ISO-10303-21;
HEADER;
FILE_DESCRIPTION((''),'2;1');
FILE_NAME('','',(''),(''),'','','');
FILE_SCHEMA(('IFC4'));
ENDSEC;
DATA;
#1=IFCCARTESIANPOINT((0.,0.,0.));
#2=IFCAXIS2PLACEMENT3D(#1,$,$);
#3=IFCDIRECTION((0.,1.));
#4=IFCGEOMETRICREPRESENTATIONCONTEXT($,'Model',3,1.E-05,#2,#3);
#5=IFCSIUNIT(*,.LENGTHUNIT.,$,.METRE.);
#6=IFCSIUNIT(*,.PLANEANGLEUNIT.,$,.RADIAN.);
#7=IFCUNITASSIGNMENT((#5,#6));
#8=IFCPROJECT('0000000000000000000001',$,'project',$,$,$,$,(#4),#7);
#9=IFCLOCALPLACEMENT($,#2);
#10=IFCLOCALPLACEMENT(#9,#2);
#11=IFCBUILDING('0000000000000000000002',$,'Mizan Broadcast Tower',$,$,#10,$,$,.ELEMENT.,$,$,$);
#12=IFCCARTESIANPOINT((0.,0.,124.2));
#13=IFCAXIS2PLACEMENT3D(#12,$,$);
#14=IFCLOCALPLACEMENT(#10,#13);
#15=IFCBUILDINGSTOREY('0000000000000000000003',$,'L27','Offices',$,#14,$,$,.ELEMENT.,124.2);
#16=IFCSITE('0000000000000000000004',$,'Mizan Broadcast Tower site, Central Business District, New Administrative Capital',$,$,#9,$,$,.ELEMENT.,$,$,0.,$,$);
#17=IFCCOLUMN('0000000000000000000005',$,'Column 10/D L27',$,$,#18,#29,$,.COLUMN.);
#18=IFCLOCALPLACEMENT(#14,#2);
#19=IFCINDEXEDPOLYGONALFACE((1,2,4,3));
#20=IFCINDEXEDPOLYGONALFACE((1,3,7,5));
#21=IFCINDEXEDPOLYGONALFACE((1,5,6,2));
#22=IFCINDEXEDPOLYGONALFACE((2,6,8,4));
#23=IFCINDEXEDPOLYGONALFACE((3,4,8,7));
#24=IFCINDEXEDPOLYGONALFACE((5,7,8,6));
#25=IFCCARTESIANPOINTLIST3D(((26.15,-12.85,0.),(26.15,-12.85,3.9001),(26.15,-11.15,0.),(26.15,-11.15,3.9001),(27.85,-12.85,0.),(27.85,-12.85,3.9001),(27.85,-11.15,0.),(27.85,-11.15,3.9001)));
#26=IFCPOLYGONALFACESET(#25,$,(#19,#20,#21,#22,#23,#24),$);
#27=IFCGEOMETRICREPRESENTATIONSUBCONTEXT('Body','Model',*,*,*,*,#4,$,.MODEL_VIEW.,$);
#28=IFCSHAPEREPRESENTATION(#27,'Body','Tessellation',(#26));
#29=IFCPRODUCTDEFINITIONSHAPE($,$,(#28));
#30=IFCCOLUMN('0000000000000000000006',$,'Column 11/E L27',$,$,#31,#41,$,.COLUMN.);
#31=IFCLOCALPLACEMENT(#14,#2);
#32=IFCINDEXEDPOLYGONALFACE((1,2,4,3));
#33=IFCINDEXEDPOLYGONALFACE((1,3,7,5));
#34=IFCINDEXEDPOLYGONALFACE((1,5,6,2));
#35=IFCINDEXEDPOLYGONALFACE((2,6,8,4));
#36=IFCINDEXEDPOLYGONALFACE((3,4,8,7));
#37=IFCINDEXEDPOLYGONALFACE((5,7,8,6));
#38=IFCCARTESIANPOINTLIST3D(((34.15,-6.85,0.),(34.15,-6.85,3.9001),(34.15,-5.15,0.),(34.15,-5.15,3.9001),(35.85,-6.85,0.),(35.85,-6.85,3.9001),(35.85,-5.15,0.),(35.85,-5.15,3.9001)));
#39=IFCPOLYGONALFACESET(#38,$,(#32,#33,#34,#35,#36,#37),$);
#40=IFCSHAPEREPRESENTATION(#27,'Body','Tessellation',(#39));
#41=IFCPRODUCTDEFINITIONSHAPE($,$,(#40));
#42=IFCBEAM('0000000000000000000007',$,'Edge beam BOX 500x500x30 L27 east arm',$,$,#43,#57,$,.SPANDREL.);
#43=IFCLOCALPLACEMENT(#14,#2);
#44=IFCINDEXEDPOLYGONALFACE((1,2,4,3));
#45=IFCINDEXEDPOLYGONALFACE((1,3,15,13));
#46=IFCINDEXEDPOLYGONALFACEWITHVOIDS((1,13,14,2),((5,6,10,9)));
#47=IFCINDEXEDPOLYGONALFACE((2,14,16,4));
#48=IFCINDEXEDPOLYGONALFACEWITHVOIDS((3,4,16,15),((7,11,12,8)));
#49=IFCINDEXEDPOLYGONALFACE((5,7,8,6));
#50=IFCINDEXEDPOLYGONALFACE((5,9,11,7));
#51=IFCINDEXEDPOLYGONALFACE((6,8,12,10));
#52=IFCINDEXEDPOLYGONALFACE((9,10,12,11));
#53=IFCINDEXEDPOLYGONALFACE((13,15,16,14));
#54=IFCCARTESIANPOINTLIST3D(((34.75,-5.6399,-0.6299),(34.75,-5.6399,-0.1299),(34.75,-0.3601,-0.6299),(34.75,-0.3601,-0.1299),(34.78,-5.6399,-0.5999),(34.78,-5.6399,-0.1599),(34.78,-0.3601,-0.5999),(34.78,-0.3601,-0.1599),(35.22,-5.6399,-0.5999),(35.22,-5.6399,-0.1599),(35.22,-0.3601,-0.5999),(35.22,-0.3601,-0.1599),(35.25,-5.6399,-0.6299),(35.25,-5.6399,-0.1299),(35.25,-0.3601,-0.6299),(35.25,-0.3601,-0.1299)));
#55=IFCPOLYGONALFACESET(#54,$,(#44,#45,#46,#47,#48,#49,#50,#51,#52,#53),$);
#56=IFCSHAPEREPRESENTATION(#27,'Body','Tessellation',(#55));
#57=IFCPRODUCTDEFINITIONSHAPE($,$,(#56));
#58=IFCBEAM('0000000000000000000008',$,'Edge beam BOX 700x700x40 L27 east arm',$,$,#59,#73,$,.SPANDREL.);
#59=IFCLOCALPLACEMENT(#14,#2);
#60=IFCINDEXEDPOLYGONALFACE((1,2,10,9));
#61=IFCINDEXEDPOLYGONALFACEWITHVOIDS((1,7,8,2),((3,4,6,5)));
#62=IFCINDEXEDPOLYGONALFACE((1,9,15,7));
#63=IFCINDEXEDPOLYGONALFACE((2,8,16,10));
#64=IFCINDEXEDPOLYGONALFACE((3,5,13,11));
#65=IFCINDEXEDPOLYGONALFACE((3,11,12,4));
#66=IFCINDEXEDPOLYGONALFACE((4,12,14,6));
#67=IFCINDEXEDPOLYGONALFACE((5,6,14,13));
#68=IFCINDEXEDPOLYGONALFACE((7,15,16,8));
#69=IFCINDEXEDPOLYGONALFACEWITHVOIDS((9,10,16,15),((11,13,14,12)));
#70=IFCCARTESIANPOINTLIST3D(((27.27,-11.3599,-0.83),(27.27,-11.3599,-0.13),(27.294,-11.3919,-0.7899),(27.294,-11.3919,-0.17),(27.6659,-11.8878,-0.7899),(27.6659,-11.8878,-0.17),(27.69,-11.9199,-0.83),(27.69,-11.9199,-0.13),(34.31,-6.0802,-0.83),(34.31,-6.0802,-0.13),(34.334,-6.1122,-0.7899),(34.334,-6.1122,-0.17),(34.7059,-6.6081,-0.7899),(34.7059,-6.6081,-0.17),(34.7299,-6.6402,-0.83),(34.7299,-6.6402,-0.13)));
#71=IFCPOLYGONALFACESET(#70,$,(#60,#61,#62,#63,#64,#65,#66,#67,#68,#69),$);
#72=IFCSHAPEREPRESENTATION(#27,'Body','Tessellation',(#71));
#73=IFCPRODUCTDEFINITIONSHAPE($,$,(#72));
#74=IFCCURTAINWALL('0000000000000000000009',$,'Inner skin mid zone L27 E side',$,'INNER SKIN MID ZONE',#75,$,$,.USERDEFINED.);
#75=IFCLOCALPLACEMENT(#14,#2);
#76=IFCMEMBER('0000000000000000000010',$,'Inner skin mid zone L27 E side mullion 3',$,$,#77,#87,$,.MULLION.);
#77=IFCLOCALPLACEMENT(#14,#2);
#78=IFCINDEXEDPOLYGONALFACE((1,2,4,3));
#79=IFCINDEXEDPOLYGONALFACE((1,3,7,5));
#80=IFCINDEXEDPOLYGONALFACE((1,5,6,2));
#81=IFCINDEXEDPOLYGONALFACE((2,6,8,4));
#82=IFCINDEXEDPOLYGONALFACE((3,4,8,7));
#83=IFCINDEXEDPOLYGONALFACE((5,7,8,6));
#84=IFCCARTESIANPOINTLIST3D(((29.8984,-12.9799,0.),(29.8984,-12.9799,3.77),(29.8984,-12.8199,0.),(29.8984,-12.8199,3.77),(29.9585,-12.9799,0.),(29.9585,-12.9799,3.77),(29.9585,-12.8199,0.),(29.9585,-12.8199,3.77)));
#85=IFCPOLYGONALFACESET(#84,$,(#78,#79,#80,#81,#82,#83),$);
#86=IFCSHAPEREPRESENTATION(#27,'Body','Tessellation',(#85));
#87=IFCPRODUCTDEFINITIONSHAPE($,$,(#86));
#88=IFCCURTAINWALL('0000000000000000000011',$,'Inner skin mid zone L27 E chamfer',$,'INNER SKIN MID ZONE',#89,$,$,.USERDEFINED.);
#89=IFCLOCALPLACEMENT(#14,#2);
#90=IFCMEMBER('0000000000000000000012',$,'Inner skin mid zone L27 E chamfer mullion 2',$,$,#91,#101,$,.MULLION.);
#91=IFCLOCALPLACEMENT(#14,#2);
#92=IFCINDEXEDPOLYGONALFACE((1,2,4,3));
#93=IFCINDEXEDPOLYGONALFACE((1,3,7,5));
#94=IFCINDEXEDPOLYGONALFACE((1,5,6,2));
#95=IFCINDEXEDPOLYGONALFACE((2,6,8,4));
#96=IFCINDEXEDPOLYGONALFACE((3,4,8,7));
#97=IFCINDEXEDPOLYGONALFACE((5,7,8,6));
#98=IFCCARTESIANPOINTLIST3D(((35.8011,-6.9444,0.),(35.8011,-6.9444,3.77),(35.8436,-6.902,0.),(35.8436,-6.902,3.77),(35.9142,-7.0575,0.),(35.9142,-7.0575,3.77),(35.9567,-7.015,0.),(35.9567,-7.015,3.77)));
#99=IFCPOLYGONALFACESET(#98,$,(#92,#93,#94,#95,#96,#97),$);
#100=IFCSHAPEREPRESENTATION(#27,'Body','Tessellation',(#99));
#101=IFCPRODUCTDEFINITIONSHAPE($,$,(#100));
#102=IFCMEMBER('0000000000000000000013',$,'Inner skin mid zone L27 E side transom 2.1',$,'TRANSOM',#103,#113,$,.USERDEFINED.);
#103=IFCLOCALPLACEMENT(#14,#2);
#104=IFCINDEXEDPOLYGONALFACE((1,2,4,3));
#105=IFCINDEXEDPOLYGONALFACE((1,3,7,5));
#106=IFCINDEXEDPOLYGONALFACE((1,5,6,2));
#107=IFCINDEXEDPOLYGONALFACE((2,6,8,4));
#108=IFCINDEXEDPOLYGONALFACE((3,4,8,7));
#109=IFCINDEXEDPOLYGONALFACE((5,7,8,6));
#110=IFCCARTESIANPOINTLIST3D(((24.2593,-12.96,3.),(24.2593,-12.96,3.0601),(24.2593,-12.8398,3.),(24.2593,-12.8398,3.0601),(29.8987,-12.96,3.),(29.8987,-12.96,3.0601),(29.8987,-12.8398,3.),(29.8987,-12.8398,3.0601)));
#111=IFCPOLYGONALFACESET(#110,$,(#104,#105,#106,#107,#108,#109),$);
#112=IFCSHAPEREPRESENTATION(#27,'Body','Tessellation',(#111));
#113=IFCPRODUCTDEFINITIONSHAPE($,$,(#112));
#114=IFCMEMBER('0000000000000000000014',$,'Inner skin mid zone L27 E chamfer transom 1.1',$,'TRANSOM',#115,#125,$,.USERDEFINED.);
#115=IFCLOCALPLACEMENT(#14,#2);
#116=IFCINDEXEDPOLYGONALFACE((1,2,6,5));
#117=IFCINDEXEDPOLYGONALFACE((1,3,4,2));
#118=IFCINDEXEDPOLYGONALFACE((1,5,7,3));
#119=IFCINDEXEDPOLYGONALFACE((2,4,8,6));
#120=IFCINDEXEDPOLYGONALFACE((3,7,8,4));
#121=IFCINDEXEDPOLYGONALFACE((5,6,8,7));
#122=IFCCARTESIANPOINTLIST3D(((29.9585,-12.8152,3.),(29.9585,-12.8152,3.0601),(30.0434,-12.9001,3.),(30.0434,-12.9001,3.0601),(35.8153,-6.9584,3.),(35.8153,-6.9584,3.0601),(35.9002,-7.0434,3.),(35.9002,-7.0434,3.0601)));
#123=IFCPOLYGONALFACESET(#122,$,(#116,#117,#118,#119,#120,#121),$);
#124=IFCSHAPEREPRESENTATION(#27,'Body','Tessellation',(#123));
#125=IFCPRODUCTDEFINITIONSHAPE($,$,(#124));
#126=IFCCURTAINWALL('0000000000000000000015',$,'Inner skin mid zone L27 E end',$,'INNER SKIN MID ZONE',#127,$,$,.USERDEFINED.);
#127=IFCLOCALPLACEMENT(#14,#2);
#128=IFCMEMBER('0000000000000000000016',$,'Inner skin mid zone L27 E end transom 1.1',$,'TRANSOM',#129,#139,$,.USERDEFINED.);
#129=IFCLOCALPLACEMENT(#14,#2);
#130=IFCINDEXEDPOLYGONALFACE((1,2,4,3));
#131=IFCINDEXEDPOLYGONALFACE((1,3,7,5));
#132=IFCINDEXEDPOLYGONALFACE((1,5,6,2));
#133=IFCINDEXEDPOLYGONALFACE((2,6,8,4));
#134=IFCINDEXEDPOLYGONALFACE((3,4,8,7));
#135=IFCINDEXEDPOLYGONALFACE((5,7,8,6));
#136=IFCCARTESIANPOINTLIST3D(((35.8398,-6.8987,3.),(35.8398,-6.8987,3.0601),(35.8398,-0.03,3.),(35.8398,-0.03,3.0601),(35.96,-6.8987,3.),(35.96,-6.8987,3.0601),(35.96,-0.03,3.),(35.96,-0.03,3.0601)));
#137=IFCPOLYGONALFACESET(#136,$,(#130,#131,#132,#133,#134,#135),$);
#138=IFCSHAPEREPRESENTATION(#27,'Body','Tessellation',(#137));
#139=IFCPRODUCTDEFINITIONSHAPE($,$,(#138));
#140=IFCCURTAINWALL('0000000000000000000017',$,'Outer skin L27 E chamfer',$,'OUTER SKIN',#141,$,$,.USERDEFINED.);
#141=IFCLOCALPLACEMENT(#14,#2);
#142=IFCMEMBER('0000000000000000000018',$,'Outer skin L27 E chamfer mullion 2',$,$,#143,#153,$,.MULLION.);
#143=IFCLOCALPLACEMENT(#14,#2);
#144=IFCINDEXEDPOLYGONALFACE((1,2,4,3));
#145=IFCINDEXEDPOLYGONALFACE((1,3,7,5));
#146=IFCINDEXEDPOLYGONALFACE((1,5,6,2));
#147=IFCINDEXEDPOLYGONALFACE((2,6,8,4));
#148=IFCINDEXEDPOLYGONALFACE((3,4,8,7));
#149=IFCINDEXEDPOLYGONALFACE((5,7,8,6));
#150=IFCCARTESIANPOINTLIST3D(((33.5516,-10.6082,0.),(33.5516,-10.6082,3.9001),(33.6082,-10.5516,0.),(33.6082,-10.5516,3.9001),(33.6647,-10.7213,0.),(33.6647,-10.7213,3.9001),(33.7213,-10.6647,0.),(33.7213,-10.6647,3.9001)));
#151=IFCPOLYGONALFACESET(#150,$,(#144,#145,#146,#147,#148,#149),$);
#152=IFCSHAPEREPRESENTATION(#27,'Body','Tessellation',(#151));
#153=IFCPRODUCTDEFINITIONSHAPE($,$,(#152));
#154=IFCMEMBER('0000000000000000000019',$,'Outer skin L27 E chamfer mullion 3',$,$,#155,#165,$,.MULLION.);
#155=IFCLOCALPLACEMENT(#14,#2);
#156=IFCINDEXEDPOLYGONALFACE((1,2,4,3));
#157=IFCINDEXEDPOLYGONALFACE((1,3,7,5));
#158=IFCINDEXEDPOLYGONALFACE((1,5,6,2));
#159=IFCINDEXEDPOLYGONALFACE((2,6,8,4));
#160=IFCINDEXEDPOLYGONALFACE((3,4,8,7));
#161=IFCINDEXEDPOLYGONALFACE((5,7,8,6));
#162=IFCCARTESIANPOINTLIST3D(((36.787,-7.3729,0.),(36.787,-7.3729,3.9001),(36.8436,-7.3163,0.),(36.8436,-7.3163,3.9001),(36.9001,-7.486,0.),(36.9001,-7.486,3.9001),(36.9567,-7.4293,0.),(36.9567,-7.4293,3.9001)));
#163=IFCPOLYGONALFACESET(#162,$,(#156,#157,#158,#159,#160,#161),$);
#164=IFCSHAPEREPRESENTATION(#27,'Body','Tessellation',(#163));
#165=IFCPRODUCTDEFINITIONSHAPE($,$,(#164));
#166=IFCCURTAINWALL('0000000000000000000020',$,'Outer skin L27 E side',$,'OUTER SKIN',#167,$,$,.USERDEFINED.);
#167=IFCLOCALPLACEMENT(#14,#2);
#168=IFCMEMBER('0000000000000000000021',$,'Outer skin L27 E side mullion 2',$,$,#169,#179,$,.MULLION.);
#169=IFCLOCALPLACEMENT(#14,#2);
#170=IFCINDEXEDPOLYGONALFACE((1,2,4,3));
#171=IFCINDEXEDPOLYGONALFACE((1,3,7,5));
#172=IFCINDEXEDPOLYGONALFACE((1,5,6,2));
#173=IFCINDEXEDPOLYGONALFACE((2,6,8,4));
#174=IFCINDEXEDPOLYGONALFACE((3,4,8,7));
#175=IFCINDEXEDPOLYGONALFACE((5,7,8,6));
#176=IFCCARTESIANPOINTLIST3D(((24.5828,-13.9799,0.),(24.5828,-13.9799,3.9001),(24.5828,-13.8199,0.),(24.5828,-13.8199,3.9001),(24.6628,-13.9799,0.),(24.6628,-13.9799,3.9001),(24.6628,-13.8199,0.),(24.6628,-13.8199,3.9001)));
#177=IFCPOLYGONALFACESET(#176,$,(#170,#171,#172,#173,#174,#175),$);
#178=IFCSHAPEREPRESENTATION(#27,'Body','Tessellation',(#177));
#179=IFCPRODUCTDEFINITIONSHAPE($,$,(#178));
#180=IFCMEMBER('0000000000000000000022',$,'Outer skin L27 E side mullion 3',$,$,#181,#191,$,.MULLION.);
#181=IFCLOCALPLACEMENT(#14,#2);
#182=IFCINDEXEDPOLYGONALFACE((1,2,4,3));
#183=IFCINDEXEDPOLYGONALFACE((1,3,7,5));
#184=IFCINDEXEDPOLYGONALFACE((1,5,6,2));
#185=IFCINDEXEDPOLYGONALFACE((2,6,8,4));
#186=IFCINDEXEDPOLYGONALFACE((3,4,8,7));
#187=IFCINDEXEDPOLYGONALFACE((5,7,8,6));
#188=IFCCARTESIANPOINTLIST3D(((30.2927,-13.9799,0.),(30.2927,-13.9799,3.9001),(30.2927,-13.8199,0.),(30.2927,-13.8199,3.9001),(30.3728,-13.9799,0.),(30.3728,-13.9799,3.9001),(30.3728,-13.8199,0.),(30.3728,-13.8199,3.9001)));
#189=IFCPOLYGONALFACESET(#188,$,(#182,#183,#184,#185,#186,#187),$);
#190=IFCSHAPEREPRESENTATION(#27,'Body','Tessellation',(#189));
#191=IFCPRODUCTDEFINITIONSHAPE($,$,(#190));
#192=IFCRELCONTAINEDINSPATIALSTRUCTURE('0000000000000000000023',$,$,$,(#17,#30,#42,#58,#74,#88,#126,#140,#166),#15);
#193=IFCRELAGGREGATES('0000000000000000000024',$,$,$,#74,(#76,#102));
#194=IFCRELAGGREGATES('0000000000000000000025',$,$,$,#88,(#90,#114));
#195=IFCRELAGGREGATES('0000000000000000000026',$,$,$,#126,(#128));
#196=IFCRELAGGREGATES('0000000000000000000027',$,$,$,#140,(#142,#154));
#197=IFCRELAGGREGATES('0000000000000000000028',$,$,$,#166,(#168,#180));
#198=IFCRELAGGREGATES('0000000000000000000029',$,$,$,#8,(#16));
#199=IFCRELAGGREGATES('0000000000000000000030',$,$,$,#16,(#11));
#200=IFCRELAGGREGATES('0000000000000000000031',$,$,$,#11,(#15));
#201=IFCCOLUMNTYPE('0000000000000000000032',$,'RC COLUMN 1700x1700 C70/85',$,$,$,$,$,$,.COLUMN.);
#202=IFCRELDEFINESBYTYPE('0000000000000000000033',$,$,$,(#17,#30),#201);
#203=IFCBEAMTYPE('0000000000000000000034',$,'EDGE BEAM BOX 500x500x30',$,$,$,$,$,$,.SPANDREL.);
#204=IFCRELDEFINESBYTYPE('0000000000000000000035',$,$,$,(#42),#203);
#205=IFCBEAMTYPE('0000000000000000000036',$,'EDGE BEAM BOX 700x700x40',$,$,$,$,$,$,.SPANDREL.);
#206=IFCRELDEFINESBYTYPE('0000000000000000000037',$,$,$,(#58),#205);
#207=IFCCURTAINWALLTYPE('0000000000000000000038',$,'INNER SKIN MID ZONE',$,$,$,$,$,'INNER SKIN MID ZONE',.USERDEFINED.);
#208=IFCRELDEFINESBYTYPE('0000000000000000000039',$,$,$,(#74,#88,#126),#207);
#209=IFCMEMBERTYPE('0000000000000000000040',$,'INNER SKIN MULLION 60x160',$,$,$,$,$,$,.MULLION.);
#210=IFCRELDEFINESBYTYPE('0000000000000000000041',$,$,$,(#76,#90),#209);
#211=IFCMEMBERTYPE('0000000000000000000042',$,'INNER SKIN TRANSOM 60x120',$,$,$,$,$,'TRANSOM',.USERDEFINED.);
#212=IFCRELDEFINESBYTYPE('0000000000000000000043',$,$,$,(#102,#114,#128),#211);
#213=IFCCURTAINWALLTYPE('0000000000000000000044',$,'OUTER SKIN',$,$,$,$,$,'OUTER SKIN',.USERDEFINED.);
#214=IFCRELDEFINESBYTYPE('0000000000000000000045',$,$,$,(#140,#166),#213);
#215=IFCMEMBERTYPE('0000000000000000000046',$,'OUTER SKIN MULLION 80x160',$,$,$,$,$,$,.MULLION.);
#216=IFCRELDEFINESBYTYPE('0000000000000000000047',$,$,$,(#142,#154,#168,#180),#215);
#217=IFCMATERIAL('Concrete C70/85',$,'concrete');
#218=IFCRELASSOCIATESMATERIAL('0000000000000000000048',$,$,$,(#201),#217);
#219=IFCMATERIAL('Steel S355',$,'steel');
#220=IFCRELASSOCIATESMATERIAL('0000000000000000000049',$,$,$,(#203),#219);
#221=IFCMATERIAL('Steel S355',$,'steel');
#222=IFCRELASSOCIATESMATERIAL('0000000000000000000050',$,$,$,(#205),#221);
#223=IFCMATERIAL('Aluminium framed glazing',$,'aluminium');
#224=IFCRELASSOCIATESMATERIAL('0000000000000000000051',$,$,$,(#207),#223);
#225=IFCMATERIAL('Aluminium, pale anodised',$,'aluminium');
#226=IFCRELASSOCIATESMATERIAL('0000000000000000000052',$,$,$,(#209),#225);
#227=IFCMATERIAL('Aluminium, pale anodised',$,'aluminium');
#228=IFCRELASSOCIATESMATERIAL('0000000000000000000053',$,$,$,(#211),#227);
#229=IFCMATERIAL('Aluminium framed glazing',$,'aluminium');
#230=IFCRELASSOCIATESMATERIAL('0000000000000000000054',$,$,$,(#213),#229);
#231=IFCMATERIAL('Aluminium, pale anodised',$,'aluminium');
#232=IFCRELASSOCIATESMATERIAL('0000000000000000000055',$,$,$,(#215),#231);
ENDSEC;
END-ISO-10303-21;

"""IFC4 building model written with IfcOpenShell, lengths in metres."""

from ifc_helpers import new_model, si_unit, direction, frame, origin, origin_2d, place, context, subcontext, project, spatial, rectangle, hollow_rectangle, extrude, material, material_profile, profile_set, type_object, element, aggregate, save


model = new_model("IFC4")

# Units and contexts
model_context = context("Model", 3, precision=1e-05, world=origin(), true_north=direction((0.0, 1.0)))
body_context = subcontext(model_context, "Body", "Model", "MODEL_VIEW")
ifc_project = project(units=[si_unit("LENGTHUNIT", "METRE"), si_unit("PLANEANGLEUNIT", "RADIAN")], contexts=[model_context])

# Site, building, storey
site_placement = place(None, origin())
site = spatial("IfcSite", under=ifc_project, at=site_placement, Name="Mizan Broadcast Tower site, Central Business District, New Administrative Capital", CompositionType="ELEMENT", RefElevation=0.0)
building_placement = place(site_placement, origin())
building = spatial("IfcBuilding", under=site, at=building_placement, Name="Mizan Broadcast Tower", CompositionType="ELEMENT")
storey_placement = place(building_placement, frame((0.0, 0.0, 124.2)))
storey = spatial("IfcBuildingStorey", under=building, at=storey_placement, Name="L27", Description="Offices", CompositionType="ELEMENT", Elevation=124.2)

# Columns
ifc_material_1 = material(Name="Concrete C70/85", Category="concrete")
ifc_material_profile_1 = material_profile(ifc_material_1, rectangle(XDim=1.7, YDim=1.7, at=origin_2d()), Name="RC 1700x1700")
ifc_profile_set_1 = profile_set([ifc_material_profile_1], Name="Concrete C70/85")
column_type = type_object("IfcColumnType", Name="RC COLUMN 1700x1700 C70/85", PredefinedType="COLUMN", material=ifc_profile_set_1)
for number, where, z_axis, x_axis, name in (
    (1, (27.0, -12.0, 0.0), (0.0, 0.0, 1.0), (1.0, 0.0, 0.0), "Column 10/D L27"),
    (2, (35.0, -6.0, 0.0), (0.0, 0.0, 1.0), (1.0, 0.0, 0.0), "Column 11/E L27"),
):
    element("IfcColumn", number, at=place(storey_placement, frame(where, z_axis=z_axis, x_axis=x_axis)), inside=storey, type_object=column_type, Name=name, PredefinedType="COLUMN", context=body_context, shape_type="SweptSolid", body=[
        extrude(rectangle(XDim=1.7, YDim=1.7, at=origin_2d()), origin(), (0.0, 0.0, 1.0), 3.9001),
    ])

# Beams
ifc_material_2 = material(Name="Steel S355", Category="steel")
ifc_material_profile_2 = material_profile(ifc_material_2, hollow_rectangle(XDim=0.5, YDim=0.5, WallThickness=0.03, at=origin_2d()), Name="BOX 500x500x30")
ifc_profile_set_2 = profile_set([ifc_material_profile_2], Name="Steel S355")
beam_type_1 = type_object("IfcBeamType", Name="EDGE BEAM BOX 500x500x30", PredefinedType="SPANDREL", material=ifc_profile_set_2)
beam_1_placement = place(storey_placement, frame((35.0, -5.6399, -0.3799), z_axis=(0.0, 1.0, 0.0), x_axis=(-1.0, 0.0, 0.0)))
element("IfcBeam", 3, at=beam_1_placement, inside=storey, type_object=beam_type_1, Name="Edge beam BOX 500x500x30 L27 east arm", PredefinedType="SPANDREL", context=body_context, shape_type="SweptSolid", body=[
    extrude(hollow_rectangle(XDim=0.5, YDim=0.5, WallThickness=0.03, at=origin_2d()), origin(), (0.0, 0.0, 1.0), 5.2798),
])
ifc_material_3 = material(Name="Steel S355", Category="steel")
ifc_material_profile_3 = material_profile(ifc_material_3, hollow_rectangle(XDim=0.7, YDim=0.7, WallThickness=0.04, at=origin_2d()), Name="BOX 700x700x40")
ifc_profile_set_3 = profile_set([ifc_material_profile_3], Name="Steel S355")
beam_type_2 = type_object("IfcBeamType", Name="EDGE BEAM BOX 700x700x40", PredefinedType="SPANDREL", material=ifc_profile_set_3)
beam_2_placement = place(storey_placement, frame((27.48, -11.6399, -0.48), z_axis=(0.800013, 0.599982, 0.0), x_axis=(-0.599982, 0.800013, 0.0)))
element("IfcBeam", 4, at=beam_2_placement, inside=storey, type_object=beam_type_2, Name="Edge beam BOX 700x700x40 L27 east arm", PredefinedType="SPANDREL", context=body_context, shape_type="SweptSolid", body=[
    extrude(hollow_rectangle(XDim=0.7, YDim=0.7, WallThickness=0.04, at=origin_2d()), origin(), (0.0, 0.0, 1.0), 8.7998),
])

# Curtain walls, members
ifc_material_4 = material(Name="Aluminium framed glazing", Category="aluminium")
curtain_wall_type_1 = type_object("IfcCurtainWallType", Name="INNER SKIN MID ZONE", ElementType="INNER SKIN MID ZONE", PredefinedType="USERDEFINED", material=ifc_material_4)
curtain_wall_1_placement = place(storey_placement, origin())
curtain_wall_1 = element("IfcCurtainWall", 5, at=curtain_wall_1_placement, inside=storey, type_object=curtain_wall_type_1, Name="Inner skin mid zone L27 E side", ObjectType="INNER SKIN MID ZONE", PredefinedType="USERDEFINED")
ifc_material_5 = material(Name="Aluminium, pale anodised", Category="aluminium")
ifc_material_profile_4 = material_profile(ifc_material_5, rectangle(XDim=0.1599, YDim=0.0601, at=origin_2d()), Name="MULLION 160x60")
ifc_profile_set_4 = profile_set([ifc_material_profile_4], Name="Aluminium, pale anodised")
member_type_1 = type_object("IfcMemberType", Name="INNER SKIN MULLION 60x160", PredefinedType="MULLION", material=ifc_profile_set_4)
member_1_placement = place(storey_placement, frame((29.9285, -12.8999, 0.0), z_axis=(0.0, 0.0, 1.0), x_axis=(0.0, 1.0, 0.0)))
member_1 = element("IfcMember", 6, at=member_1_placement, type_object=member_type_1, Name="Inner skin mid zone L27 E side mullion 3", PredefinedType="MULLION", context=body_context, shape_type="SweptSolid", body=[
    extrude(rectangle(XDim=0.1599, YDim=0.0601, at=origin_2d()), origin(), (0.0, 0.0, 1.0), 3.77),
])
curtain_wall_2_placement = place(storey_placement, origin())
curtain_wall_2 = element("IfcCurtainWall", 7, at=curtain_wall_2_placement, inside=storey, type_object=curtain_wall_type_1, Name="Inner skin mid zone L27 E chamfer", ObjectType="INNER SKIN MID ZONE", PredefinedType="USERDEFINED")
member_2_placement = place(storey_placement, frame((35.8789, -6.9797, 0.0), z_axis=(0.0, 0.0, 1.0), x_axis=(-0.707107, 0.707107, 0.0)))
member_2 = element("IfcMember", 8, at=member_2_placement, type_object=member_type_1, Name="Inner skin mid zone L27 E chamfer mullion 2", PredefinedType="MULLION", context=body_context, shape_type="SweptSolid", body=[
    extrude(rectangle(XDim=0.1599, YDim=0.0601, at=origin_2d()), origin(), (0.0, 0.0, 1.0), 3.77),
])

# Members
ifc_material_6 = material(Name="Aluminium, pale anodised", Category="aluminium")
ifc_material_profile_5 = material_profile(ifc_material_6, rectangle(XDim=0.1201, YDim=0.0601, at=origin_2d()), Name="TRANSOM 120x60")
ifc_profile_set_5 = profile_set([ifc_material_profile_5], Name="Aluminium, pale anodised")
member_type_2 = type_object("IfcMemberType", Name="INNER SKIN TRANSOM 60x120", ElementType="TRANSOM", PredefinedType="USERDEFINED", material=ifc_profile_set_5)
member_3_placement = place(storey_placement, frame((24.2593, -12.8999, 3.03), z_axis=(1.0, 0.0, 0.0), x_axis=(0.0, 1.0, 0.0)))
member_3 = element("IfcMember", 9, at=member_3_placement, type_object=member_type_2, Name="Inner skin mid zone L27 E side transom 2.1", ObjectType="TRANSOM", PredefinedType="USERDEFINED", context=body_context, shape_type="SweptSolid", body=[
    extrude(rectangle(XDim=0.1201, YDim=0.0601, at=origin_2d()), origin(), (0.0, 0.0, 1.0), 5.6394),
])
member_4_placement = place(storey_placement, frame((30.001, -12.8577, 3.03), z_axis=(0.707107, 0.707107, 0.0), x_axis=(-0.707107, 0.707107, 0.0)))
member_4 = element("IfcMember", 10, at=member_4_placement, type_object=member_type_2, Name="Inner skin mid zone L27 E chamfer transom 1.1", ObjectType="TRANSOM", PredefinedType="USERDEFINED", context=body_context, shape_type="SweptSolid", body=[
    extrude(rectangle(XDim=0.1201, YDim=0.0601, at=origin_2d()), origin(), (0.0, 0.0, 1.0), 8.2827),
])

# Curtain wall, member
curtain_wall_3_placement = place(storey_placement, origin())
curtain_wall_3 = element("IfcCurtainWall", 11, at=curtain_wall_3_placement, inside=storey, type_object=curtain_wall_type_1, Name="Inner skin mid zone L27 E end", ObjectType="INNER SKIN MID ZONE", PredefinedType="USERDEFINED")
member_5_placement = place(storey_placement, frame((35.8999, -6.8987, 3.03), z_axis=(0.0, 1.0, 0.0), x_axis=(-1.0, 0.0, 0.0)))
member_5 = element("IfcMember", 12, at=member_5_placement, type_object=member_type_2, Name="Inner skin mid zone L27 E end transom 1.1", ObjectType="TRANSOM", PredefinedType="USERDEFINED", context=body_context, shape_type="SweptSolid", body=[
    extrude(rectangle(XDim=0.1201, YDim=0.0601, at=origin_2d()), origin(), (0.0, 0.0, 1.0), 6.8687),
])

# Curtain walls, members
ifc_material_7 = material(Name="Aluminium framed glazing", Category="aluminium")
curtain_wall_type_2 = type_object("IfcCurtainWallType", Name="OUTER SKIN", ElementType="OUTER SKIN", PredefinedType="USERDEFINED", material=ifc_material_7)
curtain_wall_4_placement = place(storey_placement, origin())
curtain_wall_4 = element("IfcCurtainWall", 13, at=curtain_wall_4_placement, inside=storey, type_object=curtain_wall_type_2, Name="Outer skin L27 E chamfer", ObjectType="OUTER SKIN", PredefinedType="USERDEFINED")
ifc_material_8 = material(Name="Aluminium, pale anodised", Category="aluminium")
ifc_material_profile_6 = material_profile(ifc_material_8, rectangle(XDim=0.1599, YDim=0.0801, at=origin_2d()), Name="MULLION 160x80")
ifc_profile_set_6 = profile_set([ifc_material_profile_6], Name="Aluminium, pale anodised")
member_type_3 = type_object("IfcMemberType", Name="OUTER SKIN MULLION 80x160", PredefinedType="MULLION", material=ifc_profile_set_6)
member_6_placement = place(storey_placement, frame((33.6365, -10.6365, 0.0), z_axis=(0.0, 0.0, 1.0), x_axis=(-0.707107, 0.707107, 0.0)))
member_6 = element("IfcMember", 14, at=member_6_placement, type_object=member_type_3, Name="Outer skin L27 E chamfer mullion 2", PredefinedType="MULLION", context=body_context, shape_type="SweptSolid", body=[
    extrude(rectangle(XDim=0.1599, YDim=0.0801, at=origin_2d()), origin(), (0.0, 0.0, 1.0), 3.9001),
])
member_7_placement = place(storey_placement, frame((36.8718, -7.4011, 0.0), z_axis=(0.0, 0.0, 1.0), x_axis=(-0.707107, 0.707107, 0.0)))
member_7 = element("IfcMember", 15, at=member_7_placement, type_object=member_type_3, Name="Outer skin L27 E chamfer mullion 3", PredefinedType="MULLION", context=body_context, shape_type="SweptSolid", body=[
    extrude(rectangle(XDim=0.1599, YDim=0.0801, at=origin_2d()), origin(), (0.0, 0.0, 1.0), 3.9001),
])
curtain_wall_5_placement = place(storey_placement, origin())
curtain_wall_5 = element("IfcCurtainWall", 16, at=curtain_wall_5_placement, inside=storey, type_object=curtain_wall_type_2, Name="Outer skin L27 E side", ObjectType="OUTER SKIN", PredefinedType="USERDEFINED")
member_8_placement = place(storey_placement, frame((24.6228, -13.8999, 0.0), z_axis=(0.0, 0.0, 1.0), x_axis=(0.0, 1.0, 0.0)))
member_8 = element("IfcMember", 17, at=member_8_placement, type_object=member_type_3, Name="Outer skin L27 E side mullion 2", PredefinedType="MULLION", context=body_context, shape_type="SweptSolid", body=[
    extrude(rectangle(XDim=0.1599, YDim=0.0801, at=origin_2d()), origin(), (0.0, 0.0, 1.0), 3.9001),
])
member_9_placement = place(storey_placement, frame((30.3328, -13.8999, 0.0), z_axis=(0.0, 0.0, 1.0), x_axis=(0.0, 1.0, 0.0)))
member_9 = element("IfcMember", 18, at=member_9_placement, type_object=member_type_3, Name="Outer skin L27 E side mullion 3", PredefinedType="MULLION", context=body_context, shape_type="SweptSolid", body=[
    extrude(rectangle(XDim=0.1599, YDim=0.0801, at=origin_2d()), origin(), (0.0, 0.0, 1.0), 3.9001),
])

aggregate(curtain_wall_1, [member_1, member_3])
aggregate(curtain_wall_2, [member_2, member_4])
aggregate(curtain_wall_3, [member_5])
aggregate(curtain_wall_4, [member_6, member_7])
aggregate(curtain_wall_5, [member_8, member_9])

save(model, "model.ifc")
